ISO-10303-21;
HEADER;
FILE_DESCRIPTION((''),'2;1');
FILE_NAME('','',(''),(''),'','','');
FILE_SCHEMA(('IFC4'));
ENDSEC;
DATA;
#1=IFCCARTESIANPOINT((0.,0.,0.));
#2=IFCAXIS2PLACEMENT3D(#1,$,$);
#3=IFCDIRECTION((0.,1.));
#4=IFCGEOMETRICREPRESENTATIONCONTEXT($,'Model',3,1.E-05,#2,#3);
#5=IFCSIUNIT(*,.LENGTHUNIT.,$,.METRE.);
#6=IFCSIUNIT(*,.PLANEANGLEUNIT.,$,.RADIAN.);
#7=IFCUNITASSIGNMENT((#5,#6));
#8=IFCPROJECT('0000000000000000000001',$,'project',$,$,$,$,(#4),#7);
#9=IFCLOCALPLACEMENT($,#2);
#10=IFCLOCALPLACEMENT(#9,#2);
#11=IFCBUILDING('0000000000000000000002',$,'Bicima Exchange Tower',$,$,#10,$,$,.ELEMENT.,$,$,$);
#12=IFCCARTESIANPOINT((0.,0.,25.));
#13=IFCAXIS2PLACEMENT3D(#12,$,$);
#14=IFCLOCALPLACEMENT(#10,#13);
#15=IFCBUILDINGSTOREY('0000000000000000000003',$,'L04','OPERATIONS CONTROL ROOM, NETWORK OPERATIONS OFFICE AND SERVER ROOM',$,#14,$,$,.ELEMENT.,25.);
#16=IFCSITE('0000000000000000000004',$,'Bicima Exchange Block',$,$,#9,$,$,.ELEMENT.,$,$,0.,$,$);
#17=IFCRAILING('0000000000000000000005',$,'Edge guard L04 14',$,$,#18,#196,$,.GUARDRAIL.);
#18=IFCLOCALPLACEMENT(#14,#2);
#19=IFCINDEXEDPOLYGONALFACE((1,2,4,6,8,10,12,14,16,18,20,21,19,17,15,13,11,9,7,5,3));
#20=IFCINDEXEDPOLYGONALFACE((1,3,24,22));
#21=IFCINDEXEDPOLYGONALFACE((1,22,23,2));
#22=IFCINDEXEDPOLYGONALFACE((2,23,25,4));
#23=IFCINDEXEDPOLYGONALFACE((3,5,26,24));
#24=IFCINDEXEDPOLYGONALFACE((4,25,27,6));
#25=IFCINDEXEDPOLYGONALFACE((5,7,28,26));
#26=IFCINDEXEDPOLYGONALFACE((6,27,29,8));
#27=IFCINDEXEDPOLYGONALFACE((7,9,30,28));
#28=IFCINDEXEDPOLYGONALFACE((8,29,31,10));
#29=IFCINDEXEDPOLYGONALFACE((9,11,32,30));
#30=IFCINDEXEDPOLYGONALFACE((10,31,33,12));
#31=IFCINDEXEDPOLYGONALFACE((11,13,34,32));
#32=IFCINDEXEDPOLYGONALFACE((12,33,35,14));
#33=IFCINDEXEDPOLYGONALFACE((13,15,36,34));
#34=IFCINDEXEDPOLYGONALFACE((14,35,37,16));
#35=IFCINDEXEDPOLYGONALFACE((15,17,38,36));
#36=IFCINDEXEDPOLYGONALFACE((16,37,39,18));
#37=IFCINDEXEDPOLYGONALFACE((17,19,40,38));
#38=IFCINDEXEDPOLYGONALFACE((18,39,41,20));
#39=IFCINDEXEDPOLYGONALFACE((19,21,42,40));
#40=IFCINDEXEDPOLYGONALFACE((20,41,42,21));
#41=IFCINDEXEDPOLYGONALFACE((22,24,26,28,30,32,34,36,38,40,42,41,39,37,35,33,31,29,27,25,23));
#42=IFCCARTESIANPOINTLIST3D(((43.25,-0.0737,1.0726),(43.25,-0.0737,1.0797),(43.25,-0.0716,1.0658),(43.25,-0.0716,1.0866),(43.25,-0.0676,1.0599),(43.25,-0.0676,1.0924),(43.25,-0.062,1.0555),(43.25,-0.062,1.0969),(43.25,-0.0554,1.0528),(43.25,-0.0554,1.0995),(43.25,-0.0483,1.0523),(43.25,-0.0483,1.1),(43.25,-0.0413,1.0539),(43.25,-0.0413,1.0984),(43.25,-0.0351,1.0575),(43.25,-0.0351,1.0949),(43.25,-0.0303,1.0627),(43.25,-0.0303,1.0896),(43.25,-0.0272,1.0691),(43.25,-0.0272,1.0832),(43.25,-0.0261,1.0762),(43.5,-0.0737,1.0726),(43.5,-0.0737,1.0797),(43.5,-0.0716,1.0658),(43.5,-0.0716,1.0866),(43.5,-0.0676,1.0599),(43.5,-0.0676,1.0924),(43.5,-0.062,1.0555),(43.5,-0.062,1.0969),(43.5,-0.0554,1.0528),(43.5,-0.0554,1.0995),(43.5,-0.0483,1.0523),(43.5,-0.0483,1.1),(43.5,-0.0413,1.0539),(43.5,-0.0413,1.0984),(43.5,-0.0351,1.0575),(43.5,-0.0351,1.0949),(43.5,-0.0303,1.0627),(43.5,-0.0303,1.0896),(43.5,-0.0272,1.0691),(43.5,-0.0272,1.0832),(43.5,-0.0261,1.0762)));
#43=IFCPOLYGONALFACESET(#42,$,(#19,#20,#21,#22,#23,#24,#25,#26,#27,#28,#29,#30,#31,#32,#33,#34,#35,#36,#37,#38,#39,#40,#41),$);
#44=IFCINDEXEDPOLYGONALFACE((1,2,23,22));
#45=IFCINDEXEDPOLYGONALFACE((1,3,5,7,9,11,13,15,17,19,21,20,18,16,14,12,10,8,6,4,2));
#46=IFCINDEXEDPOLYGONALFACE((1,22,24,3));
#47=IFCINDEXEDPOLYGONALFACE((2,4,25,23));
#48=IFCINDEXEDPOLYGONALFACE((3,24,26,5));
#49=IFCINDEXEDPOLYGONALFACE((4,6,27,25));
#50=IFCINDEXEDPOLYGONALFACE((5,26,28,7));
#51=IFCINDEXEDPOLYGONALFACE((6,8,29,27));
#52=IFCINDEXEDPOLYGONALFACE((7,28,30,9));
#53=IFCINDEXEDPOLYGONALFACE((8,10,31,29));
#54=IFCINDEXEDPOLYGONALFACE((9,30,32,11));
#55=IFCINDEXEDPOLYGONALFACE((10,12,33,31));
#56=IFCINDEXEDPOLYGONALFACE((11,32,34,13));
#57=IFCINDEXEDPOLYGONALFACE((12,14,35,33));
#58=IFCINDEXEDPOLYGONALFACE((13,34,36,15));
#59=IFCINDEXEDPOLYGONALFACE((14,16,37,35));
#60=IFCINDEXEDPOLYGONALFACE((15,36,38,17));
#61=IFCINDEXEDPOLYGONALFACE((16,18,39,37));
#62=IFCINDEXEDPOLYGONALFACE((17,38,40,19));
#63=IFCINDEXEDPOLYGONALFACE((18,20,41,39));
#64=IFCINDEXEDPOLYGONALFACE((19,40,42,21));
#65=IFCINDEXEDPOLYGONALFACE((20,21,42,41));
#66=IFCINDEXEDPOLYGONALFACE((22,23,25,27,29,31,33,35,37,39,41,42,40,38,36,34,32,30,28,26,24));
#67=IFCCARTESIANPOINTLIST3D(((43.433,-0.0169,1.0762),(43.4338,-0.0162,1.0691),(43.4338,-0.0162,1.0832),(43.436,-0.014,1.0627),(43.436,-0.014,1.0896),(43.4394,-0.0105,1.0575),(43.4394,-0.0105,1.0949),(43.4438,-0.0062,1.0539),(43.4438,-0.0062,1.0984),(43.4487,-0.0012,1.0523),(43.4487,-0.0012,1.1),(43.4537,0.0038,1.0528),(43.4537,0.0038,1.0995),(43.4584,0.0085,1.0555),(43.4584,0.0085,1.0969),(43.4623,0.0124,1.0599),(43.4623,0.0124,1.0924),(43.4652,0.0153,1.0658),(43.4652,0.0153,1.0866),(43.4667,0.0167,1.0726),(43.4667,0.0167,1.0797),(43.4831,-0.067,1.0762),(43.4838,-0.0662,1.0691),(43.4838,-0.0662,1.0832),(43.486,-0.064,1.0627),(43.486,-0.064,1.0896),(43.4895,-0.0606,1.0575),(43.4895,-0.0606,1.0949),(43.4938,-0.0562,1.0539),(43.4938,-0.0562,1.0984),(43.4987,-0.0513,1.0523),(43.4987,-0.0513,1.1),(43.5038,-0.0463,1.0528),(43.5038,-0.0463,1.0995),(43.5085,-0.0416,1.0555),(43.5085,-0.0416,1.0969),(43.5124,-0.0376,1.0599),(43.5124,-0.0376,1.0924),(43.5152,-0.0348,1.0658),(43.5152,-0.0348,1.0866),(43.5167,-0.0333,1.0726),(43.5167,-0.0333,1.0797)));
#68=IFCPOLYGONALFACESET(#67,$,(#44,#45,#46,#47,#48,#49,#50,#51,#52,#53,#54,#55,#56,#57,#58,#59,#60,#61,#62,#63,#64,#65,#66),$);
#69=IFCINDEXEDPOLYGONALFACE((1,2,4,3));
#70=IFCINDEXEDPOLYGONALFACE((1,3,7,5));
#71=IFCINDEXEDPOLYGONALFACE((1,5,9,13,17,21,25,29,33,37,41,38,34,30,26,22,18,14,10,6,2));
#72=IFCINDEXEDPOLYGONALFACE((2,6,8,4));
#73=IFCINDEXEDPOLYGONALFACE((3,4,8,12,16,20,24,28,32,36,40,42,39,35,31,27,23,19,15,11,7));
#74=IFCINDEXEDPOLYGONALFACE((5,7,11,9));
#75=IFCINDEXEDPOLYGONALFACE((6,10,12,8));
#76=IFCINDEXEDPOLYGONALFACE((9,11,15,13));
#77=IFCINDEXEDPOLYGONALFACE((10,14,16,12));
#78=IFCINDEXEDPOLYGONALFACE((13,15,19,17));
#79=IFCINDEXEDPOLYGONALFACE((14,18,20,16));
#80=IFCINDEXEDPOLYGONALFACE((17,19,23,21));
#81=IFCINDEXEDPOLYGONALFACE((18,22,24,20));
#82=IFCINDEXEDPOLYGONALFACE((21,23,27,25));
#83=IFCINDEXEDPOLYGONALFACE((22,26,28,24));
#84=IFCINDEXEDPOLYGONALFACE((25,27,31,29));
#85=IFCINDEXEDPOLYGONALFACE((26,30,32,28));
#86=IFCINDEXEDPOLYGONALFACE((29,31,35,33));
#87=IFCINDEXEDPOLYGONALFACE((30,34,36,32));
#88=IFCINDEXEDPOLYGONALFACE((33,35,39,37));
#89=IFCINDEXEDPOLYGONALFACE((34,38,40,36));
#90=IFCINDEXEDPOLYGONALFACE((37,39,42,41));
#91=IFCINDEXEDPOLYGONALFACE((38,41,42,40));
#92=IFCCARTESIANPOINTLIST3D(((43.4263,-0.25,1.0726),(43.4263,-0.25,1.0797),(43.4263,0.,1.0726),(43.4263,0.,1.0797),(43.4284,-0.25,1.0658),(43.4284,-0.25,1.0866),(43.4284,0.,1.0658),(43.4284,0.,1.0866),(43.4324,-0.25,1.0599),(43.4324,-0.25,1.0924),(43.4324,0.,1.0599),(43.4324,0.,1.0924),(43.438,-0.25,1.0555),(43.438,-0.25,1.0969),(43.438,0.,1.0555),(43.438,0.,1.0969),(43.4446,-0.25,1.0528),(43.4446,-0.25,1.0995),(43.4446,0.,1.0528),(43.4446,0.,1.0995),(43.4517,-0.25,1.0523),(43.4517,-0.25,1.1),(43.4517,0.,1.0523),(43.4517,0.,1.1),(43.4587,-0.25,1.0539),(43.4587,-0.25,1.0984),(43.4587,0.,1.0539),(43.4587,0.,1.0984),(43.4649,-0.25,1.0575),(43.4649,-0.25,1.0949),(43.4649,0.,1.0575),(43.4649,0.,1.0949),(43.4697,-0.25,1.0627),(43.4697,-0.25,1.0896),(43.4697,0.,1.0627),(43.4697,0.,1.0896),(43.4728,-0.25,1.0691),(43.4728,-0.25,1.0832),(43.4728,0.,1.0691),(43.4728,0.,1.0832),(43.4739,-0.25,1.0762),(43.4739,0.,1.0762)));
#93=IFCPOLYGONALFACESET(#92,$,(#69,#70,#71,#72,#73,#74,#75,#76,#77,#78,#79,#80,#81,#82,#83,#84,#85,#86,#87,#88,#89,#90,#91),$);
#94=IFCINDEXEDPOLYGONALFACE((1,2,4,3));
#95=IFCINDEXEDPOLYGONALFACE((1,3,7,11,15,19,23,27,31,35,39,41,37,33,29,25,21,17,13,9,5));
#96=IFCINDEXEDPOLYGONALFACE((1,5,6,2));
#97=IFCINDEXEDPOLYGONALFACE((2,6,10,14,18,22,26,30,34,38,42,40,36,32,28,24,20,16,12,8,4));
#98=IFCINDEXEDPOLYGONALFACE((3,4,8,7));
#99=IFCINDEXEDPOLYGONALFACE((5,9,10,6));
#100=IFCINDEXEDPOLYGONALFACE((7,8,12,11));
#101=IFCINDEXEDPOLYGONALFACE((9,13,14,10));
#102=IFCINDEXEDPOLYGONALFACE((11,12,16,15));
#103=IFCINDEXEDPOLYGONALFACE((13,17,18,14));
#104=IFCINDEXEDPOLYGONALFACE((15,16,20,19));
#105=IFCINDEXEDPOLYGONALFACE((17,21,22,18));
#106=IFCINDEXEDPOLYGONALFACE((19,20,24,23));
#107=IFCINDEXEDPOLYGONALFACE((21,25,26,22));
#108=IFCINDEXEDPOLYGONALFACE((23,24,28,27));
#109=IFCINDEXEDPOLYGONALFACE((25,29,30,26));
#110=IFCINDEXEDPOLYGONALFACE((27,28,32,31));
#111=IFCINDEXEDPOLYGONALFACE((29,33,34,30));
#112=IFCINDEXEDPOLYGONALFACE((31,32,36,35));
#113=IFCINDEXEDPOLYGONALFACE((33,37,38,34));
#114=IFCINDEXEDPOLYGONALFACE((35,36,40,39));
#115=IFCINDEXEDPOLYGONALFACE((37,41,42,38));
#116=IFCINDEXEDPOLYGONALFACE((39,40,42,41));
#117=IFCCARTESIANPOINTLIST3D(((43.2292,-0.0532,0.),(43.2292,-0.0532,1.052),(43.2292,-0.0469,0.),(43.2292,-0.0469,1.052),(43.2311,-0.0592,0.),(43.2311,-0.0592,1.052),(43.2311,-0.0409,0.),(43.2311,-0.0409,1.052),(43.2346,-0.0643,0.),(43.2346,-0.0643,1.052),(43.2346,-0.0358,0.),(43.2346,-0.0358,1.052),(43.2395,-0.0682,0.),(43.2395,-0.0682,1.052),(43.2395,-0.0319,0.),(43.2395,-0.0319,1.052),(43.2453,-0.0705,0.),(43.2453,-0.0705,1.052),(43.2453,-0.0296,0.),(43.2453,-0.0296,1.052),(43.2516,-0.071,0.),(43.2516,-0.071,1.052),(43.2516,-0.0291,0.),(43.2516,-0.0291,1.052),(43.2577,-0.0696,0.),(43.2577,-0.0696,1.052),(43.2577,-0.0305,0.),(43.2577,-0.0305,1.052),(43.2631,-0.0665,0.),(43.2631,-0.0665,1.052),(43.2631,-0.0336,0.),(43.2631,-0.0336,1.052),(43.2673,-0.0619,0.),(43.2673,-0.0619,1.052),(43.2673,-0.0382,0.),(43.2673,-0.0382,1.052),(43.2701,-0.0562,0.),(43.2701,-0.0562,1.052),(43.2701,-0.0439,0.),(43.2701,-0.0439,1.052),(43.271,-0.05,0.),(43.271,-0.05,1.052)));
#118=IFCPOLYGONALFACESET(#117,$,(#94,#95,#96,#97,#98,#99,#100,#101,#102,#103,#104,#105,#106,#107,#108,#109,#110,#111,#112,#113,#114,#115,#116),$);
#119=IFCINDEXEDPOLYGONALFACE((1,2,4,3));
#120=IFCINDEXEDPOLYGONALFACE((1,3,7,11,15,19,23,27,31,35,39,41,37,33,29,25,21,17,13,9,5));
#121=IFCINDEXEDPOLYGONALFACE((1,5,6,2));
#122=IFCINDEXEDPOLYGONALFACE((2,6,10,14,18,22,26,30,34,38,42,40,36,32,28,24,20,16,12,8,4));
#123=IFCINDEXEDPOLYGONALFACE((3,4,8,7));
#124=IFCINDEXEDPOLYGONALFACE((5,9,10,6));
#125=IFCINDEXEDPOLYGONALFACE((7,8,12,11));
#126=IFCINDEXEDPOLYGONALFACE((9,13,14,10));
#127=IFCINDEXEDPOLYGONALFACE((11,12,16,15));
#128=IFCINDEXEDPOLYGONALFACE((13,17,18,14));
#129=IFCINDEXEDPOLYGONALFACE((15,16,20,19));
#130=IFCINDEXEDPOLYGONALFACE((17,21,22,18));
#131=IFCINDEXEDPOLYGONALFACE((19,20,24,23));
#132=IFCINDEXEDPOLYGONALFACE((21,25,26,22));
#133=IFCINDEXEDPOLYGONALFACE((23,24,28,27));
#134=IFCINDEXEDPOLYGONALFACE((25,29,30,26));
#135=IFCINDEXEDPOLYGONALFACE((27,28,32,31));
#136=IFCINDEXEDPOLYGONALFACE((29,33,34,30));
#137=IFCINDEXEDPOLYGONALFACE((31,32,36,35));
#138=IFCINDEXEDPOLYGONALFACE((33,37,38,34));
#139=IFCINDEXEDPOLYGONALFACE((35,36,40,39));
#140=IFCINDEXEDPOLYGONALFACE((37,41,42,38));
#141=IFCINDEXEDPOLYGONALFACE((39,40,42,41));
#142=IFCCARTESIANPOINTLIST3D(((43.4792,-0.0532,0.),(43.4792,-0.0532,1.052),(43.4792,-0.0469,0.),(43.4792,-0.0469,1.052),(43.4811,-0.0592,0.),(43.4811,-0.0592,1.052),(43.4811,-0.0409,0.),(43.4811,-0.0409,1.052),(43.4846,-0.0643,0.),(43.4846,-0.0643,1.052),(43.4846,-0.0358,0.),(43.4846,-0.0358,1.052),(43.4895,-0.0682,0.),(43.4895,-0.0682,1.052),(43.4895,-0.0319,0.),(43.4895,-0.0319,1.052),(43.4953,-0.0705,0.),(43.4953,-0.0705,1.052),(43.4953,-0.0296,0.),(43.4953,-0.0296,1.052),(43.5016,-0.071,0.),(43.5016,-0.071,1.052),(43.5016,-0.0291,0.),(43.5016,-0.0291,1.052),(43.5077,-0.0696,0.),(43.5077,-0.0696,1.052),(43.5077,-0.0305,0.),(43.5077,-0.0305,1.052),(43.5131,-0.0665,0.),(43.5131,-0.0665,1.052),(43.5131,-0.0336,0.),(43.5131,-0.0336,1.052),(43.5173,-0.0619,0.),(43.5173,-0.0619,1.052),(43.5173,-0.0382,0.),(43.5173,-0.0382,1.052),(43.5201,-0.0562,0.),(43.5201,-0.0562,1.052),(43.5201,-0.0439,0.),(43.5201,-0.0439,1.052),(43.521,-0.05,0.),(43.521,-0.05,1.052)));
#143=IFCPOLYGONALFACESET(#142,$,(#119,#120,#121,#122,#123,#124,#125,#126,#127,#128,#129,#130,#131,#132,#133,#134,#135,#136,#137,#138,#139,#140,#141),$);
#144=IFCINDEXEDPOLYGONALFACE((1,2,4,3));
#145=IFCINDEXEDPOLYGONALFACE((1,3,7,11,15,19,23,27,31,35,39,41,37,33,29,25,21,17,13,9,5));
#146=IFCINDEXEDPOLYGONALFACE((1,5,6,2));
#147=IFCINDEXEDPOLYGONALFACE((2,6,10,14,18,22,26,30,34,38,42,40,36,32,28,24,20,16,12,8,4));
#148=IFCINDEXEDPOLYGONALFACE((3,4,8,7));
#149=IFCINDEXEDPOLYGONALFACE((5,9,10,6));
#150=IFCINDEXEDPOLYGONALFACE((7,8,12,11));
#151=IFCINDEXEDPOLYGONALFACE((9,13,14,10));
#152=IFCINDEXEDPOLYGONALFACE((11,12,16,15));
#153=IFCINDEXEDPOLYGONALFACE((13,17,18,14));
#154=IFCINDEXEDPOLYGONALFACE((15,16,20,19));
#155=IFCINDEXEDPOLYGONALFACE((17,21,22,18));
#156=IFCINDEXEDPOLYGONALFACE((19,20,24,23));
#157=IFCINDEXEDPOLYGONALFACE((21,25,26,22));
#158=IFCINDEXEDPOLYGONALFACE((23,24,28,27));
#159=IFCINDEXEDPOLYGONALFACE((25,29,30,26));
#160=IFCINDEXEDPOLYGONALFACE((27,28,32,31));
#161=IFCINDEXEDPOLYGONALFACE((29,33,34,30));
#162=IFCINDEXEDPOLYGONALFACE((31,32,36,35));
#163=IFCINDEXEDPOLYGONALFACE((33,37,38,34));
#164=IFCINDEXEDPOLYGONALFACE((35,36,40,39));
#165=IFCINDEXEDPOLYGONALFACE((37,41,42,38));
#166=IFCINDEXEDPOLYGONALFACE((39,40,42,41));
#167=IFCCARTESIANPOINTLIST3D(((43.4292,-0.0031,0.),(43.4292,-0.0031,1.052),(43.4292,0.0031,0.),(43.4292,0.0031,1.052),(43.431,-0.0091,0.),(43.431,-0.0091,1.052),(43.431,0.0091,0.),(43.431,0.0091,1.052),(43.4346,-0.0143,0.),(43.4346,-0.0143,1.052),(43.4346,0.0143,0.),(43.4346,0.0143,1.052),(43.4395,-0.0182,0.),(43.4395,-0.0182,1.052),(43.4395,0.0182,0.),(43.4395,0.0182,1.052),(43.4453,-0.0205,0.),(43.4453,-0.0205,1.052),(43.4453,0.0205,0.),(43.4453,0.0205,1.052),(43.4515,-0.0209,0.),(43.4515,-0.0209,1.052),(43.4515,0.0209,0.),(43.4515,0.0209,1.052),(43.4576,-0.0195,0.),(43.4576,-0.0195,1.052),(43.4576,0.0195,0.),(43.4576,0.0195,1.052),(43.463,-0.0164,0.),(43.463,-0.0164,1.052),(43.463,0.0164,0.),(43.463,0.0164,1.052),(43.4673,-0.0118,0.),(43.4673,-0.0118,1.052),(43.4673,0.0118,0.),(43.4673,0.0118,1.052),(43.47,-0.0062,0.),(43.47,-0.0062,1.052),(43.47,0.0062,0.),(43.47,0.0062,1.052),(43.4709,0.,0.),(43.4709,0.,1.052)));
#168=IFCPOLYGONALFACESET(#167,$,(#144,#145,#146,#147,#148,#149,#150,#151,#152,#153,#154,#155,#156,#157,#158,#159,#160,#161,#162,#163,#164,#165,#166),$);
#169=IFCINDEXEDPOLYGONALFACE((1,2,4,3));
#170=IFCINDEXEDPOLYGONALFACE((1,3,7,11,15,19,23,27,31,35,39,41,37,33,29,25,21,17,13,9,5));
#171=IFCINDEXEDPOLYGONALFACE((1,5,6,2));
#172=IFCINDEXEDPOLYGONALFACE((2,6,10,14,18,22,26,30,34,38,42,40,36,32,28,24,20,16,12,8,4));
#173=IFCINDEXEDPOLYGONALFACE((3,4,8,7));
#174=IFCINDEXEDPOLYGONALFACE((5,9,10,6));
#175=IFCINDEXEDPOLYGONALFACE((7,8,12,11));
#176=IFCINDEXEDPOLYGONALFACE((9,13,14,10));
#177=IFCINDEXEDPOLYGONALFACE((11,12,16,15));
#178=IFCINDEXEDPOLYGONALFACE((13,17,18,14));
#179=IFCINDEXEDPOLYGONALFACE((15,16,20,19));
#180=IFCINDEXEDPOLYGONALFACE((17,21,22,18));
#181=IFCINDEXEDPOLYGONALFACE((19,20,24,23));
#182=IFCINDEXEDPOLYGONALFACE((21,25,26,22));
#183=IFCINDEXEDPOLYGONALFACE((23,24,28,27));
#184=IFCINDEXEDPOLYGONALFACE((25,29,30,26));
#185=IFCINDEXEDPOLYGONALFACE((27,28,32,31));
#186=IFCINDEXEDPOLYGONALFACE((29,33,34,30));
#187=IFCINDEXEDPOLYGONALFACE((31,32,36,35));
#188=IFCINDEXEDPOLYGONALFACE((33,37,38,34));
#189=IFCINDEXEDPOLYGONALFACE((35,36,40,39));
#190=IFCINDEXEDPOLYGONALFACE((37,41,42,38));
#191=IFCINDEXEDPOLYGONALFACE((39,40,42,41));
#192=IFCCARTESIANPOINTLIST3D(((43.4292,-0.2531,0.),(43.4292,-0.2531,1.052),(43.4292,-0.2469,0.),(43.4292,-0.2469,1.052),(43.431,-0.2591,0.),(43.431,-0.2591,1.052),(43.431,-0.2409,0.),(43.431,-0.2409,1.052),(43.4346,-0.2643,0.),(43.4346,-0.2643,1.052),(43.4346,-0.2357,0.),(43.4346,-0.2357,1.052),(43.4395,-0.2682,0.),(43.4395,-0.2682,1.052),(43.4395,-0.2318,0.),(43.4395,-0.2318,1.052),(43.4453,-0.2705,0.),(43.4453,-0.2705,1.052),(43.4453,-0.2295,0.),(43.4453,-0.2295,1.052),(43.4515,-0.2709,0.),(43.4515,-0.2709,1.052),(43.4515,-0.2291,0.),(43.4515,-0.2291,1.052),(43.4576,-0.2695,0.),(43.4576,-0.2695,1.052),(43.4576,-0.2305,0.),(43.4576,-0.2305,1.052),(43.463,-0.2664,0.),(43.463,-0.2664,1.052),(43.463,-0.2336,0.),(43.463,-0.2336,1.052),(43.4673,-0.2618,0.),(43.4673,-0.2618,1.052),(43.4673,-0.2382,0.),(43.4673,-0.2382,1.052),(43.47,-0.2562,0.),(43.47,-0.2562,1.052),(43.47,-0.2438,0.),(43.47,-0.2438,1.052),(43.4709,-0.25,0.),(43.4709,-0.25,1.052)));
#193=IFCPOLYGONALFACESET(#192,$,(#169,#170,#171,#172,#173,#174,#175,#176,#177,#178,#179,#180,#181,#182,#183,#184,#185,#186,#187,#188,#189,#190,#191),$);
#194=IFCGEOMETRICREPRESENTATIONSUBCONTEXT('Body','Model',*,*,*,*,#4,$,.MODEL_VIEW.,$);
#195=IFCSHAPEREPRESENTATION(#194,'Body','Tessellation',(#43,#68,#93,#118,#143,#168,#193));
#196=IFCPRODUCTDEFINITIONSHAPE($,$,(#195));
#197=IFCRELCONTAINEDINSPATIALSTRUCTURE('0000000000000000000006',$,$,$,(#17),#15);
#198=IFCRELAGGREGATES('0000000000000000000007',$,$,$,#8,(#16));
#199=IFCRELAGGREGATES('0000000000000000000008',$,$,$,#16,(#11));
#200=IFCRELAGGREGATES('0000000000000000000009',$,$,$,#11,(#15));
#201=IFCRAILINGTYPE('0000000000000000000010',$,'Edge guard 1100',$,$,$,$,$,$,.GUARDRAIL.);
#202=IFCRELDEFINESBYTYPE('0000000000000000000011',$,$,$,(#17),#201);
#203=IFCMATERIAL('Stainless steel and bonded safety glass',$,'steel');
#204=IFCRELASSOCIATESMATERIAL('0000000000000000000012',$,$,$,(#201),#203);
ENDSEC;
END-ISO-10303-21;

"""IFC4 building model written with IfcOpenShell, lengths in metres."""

from ifc_helpers import new_model, si_unit, direction, frame, origin, origin_2d, place, context, subcontext, project, spatial, circle, extrude, material, type_object, element, save


model = new_model("IFC4")

# Units and contexts
model_context = context("Model", 3, precision=1e-05, world=origin(), true_north=direction((0.0, 1.0)))
body_context = subcontext(model_context, "Body", "Model", "MODEL_VIEW")
ifc_project = project(units=[si_unit("LENGTHUNIT", "METRE"), si_unit("PLANEANGLEUNIT", "RADIAN")], contexts=[model_context])

# Site, building, storey
site_placement = place(None, origin())
site = spatial("IfcSite", under=ifc_project, at=site_placement, Name="Bicima Exchange Block", CompositionType="ELEMENT", RefElevation=0.0)
building_placement = place(site_placement, origin())
building = spatial("IfcBuilding", under=site, at=building_placement, Name="Bicima Exchange Tower", CompositionType="ELEMENT")
storey_placement = place(building_placement, frame((0.0, 0.0, 25.0)))
storey = spatial("IfcBuildingStorey", under=building, at=storey_placement, Name="L04", Description="OPERATIONS CONTROL ROOM, NETWORK OPERATIONS OFFICE AND SERVER ROOM", CompositionType="ELEMENT", Elevation=25.0)

# Railing
ifc_material_1 = material(Name="Stainless steel and bonded safety glass", Category="steel")
railing_type = type_object("IfcRailingType", Name="Edge guard 1100", PredefinedType="GUARDRAIL", material=ifc_material_1)
railing_placement = place(storey_placement, frame((43.25, -0.05, 0.0)))
element("IfcRailing", 1, at=railing_placement, inside=storey, type_object=railing_type, Name="Edge guard L04 14", PredefinedType="GUARDRAIL", context=body_context, shape_type="SweptSolid", body=[
    extrude(circle(Radius=0.0239, at=origin_2d()), frame((0.0, 0.0, 1.0762), z_axis=(1.0, 0.0, 0.0), x_axis=(0.0, 1.0, 0.0)), (0.0, 0.0, 1.0), 0.25),
    extrude(circle(Radius=0.0239, at=origin_2d()), frame((0.25, 0.0, 1.0762), z_axis=(-0.707107, 0.707107, 0.0), x_axis=(-0.707107, -0.707107, 0.0)), (0.0, 0.0, 1.0), 0.0708),
    extrude(circle(Radius=0.0239, at=origin_2d()), frame((0.2, 0.05, 1.0762), z_axis=(0.0, -1.0, 0.0), x_axis=(1.0, 0.0, 0.0)), (0.0, 0.0, 1.0), 0.25),
    extrude(circle(Radius=0.021, at=origin_2d()), origin(), (0.0, 0.0, 1.0), 1.052),
    extrude(circle(Radius=0.021, at=origin_2d()), frame((0.25, 0.0, 0.0)), (0.0, 0.0, 1.0), 1.052),
    extrude(circle(Radius=0.021, at=origin_2d()), frame((0.2, 0.05, 0.0)), (0.0, 0.0, 1.0), 1.052),
    extrude(circle(Radius=0.021, at=origin_2d()), frame((0.2, -0.2, 0.0)), (0.0, 0.0, 1.0), 1.052),
])

save(model, "model.ifc")
